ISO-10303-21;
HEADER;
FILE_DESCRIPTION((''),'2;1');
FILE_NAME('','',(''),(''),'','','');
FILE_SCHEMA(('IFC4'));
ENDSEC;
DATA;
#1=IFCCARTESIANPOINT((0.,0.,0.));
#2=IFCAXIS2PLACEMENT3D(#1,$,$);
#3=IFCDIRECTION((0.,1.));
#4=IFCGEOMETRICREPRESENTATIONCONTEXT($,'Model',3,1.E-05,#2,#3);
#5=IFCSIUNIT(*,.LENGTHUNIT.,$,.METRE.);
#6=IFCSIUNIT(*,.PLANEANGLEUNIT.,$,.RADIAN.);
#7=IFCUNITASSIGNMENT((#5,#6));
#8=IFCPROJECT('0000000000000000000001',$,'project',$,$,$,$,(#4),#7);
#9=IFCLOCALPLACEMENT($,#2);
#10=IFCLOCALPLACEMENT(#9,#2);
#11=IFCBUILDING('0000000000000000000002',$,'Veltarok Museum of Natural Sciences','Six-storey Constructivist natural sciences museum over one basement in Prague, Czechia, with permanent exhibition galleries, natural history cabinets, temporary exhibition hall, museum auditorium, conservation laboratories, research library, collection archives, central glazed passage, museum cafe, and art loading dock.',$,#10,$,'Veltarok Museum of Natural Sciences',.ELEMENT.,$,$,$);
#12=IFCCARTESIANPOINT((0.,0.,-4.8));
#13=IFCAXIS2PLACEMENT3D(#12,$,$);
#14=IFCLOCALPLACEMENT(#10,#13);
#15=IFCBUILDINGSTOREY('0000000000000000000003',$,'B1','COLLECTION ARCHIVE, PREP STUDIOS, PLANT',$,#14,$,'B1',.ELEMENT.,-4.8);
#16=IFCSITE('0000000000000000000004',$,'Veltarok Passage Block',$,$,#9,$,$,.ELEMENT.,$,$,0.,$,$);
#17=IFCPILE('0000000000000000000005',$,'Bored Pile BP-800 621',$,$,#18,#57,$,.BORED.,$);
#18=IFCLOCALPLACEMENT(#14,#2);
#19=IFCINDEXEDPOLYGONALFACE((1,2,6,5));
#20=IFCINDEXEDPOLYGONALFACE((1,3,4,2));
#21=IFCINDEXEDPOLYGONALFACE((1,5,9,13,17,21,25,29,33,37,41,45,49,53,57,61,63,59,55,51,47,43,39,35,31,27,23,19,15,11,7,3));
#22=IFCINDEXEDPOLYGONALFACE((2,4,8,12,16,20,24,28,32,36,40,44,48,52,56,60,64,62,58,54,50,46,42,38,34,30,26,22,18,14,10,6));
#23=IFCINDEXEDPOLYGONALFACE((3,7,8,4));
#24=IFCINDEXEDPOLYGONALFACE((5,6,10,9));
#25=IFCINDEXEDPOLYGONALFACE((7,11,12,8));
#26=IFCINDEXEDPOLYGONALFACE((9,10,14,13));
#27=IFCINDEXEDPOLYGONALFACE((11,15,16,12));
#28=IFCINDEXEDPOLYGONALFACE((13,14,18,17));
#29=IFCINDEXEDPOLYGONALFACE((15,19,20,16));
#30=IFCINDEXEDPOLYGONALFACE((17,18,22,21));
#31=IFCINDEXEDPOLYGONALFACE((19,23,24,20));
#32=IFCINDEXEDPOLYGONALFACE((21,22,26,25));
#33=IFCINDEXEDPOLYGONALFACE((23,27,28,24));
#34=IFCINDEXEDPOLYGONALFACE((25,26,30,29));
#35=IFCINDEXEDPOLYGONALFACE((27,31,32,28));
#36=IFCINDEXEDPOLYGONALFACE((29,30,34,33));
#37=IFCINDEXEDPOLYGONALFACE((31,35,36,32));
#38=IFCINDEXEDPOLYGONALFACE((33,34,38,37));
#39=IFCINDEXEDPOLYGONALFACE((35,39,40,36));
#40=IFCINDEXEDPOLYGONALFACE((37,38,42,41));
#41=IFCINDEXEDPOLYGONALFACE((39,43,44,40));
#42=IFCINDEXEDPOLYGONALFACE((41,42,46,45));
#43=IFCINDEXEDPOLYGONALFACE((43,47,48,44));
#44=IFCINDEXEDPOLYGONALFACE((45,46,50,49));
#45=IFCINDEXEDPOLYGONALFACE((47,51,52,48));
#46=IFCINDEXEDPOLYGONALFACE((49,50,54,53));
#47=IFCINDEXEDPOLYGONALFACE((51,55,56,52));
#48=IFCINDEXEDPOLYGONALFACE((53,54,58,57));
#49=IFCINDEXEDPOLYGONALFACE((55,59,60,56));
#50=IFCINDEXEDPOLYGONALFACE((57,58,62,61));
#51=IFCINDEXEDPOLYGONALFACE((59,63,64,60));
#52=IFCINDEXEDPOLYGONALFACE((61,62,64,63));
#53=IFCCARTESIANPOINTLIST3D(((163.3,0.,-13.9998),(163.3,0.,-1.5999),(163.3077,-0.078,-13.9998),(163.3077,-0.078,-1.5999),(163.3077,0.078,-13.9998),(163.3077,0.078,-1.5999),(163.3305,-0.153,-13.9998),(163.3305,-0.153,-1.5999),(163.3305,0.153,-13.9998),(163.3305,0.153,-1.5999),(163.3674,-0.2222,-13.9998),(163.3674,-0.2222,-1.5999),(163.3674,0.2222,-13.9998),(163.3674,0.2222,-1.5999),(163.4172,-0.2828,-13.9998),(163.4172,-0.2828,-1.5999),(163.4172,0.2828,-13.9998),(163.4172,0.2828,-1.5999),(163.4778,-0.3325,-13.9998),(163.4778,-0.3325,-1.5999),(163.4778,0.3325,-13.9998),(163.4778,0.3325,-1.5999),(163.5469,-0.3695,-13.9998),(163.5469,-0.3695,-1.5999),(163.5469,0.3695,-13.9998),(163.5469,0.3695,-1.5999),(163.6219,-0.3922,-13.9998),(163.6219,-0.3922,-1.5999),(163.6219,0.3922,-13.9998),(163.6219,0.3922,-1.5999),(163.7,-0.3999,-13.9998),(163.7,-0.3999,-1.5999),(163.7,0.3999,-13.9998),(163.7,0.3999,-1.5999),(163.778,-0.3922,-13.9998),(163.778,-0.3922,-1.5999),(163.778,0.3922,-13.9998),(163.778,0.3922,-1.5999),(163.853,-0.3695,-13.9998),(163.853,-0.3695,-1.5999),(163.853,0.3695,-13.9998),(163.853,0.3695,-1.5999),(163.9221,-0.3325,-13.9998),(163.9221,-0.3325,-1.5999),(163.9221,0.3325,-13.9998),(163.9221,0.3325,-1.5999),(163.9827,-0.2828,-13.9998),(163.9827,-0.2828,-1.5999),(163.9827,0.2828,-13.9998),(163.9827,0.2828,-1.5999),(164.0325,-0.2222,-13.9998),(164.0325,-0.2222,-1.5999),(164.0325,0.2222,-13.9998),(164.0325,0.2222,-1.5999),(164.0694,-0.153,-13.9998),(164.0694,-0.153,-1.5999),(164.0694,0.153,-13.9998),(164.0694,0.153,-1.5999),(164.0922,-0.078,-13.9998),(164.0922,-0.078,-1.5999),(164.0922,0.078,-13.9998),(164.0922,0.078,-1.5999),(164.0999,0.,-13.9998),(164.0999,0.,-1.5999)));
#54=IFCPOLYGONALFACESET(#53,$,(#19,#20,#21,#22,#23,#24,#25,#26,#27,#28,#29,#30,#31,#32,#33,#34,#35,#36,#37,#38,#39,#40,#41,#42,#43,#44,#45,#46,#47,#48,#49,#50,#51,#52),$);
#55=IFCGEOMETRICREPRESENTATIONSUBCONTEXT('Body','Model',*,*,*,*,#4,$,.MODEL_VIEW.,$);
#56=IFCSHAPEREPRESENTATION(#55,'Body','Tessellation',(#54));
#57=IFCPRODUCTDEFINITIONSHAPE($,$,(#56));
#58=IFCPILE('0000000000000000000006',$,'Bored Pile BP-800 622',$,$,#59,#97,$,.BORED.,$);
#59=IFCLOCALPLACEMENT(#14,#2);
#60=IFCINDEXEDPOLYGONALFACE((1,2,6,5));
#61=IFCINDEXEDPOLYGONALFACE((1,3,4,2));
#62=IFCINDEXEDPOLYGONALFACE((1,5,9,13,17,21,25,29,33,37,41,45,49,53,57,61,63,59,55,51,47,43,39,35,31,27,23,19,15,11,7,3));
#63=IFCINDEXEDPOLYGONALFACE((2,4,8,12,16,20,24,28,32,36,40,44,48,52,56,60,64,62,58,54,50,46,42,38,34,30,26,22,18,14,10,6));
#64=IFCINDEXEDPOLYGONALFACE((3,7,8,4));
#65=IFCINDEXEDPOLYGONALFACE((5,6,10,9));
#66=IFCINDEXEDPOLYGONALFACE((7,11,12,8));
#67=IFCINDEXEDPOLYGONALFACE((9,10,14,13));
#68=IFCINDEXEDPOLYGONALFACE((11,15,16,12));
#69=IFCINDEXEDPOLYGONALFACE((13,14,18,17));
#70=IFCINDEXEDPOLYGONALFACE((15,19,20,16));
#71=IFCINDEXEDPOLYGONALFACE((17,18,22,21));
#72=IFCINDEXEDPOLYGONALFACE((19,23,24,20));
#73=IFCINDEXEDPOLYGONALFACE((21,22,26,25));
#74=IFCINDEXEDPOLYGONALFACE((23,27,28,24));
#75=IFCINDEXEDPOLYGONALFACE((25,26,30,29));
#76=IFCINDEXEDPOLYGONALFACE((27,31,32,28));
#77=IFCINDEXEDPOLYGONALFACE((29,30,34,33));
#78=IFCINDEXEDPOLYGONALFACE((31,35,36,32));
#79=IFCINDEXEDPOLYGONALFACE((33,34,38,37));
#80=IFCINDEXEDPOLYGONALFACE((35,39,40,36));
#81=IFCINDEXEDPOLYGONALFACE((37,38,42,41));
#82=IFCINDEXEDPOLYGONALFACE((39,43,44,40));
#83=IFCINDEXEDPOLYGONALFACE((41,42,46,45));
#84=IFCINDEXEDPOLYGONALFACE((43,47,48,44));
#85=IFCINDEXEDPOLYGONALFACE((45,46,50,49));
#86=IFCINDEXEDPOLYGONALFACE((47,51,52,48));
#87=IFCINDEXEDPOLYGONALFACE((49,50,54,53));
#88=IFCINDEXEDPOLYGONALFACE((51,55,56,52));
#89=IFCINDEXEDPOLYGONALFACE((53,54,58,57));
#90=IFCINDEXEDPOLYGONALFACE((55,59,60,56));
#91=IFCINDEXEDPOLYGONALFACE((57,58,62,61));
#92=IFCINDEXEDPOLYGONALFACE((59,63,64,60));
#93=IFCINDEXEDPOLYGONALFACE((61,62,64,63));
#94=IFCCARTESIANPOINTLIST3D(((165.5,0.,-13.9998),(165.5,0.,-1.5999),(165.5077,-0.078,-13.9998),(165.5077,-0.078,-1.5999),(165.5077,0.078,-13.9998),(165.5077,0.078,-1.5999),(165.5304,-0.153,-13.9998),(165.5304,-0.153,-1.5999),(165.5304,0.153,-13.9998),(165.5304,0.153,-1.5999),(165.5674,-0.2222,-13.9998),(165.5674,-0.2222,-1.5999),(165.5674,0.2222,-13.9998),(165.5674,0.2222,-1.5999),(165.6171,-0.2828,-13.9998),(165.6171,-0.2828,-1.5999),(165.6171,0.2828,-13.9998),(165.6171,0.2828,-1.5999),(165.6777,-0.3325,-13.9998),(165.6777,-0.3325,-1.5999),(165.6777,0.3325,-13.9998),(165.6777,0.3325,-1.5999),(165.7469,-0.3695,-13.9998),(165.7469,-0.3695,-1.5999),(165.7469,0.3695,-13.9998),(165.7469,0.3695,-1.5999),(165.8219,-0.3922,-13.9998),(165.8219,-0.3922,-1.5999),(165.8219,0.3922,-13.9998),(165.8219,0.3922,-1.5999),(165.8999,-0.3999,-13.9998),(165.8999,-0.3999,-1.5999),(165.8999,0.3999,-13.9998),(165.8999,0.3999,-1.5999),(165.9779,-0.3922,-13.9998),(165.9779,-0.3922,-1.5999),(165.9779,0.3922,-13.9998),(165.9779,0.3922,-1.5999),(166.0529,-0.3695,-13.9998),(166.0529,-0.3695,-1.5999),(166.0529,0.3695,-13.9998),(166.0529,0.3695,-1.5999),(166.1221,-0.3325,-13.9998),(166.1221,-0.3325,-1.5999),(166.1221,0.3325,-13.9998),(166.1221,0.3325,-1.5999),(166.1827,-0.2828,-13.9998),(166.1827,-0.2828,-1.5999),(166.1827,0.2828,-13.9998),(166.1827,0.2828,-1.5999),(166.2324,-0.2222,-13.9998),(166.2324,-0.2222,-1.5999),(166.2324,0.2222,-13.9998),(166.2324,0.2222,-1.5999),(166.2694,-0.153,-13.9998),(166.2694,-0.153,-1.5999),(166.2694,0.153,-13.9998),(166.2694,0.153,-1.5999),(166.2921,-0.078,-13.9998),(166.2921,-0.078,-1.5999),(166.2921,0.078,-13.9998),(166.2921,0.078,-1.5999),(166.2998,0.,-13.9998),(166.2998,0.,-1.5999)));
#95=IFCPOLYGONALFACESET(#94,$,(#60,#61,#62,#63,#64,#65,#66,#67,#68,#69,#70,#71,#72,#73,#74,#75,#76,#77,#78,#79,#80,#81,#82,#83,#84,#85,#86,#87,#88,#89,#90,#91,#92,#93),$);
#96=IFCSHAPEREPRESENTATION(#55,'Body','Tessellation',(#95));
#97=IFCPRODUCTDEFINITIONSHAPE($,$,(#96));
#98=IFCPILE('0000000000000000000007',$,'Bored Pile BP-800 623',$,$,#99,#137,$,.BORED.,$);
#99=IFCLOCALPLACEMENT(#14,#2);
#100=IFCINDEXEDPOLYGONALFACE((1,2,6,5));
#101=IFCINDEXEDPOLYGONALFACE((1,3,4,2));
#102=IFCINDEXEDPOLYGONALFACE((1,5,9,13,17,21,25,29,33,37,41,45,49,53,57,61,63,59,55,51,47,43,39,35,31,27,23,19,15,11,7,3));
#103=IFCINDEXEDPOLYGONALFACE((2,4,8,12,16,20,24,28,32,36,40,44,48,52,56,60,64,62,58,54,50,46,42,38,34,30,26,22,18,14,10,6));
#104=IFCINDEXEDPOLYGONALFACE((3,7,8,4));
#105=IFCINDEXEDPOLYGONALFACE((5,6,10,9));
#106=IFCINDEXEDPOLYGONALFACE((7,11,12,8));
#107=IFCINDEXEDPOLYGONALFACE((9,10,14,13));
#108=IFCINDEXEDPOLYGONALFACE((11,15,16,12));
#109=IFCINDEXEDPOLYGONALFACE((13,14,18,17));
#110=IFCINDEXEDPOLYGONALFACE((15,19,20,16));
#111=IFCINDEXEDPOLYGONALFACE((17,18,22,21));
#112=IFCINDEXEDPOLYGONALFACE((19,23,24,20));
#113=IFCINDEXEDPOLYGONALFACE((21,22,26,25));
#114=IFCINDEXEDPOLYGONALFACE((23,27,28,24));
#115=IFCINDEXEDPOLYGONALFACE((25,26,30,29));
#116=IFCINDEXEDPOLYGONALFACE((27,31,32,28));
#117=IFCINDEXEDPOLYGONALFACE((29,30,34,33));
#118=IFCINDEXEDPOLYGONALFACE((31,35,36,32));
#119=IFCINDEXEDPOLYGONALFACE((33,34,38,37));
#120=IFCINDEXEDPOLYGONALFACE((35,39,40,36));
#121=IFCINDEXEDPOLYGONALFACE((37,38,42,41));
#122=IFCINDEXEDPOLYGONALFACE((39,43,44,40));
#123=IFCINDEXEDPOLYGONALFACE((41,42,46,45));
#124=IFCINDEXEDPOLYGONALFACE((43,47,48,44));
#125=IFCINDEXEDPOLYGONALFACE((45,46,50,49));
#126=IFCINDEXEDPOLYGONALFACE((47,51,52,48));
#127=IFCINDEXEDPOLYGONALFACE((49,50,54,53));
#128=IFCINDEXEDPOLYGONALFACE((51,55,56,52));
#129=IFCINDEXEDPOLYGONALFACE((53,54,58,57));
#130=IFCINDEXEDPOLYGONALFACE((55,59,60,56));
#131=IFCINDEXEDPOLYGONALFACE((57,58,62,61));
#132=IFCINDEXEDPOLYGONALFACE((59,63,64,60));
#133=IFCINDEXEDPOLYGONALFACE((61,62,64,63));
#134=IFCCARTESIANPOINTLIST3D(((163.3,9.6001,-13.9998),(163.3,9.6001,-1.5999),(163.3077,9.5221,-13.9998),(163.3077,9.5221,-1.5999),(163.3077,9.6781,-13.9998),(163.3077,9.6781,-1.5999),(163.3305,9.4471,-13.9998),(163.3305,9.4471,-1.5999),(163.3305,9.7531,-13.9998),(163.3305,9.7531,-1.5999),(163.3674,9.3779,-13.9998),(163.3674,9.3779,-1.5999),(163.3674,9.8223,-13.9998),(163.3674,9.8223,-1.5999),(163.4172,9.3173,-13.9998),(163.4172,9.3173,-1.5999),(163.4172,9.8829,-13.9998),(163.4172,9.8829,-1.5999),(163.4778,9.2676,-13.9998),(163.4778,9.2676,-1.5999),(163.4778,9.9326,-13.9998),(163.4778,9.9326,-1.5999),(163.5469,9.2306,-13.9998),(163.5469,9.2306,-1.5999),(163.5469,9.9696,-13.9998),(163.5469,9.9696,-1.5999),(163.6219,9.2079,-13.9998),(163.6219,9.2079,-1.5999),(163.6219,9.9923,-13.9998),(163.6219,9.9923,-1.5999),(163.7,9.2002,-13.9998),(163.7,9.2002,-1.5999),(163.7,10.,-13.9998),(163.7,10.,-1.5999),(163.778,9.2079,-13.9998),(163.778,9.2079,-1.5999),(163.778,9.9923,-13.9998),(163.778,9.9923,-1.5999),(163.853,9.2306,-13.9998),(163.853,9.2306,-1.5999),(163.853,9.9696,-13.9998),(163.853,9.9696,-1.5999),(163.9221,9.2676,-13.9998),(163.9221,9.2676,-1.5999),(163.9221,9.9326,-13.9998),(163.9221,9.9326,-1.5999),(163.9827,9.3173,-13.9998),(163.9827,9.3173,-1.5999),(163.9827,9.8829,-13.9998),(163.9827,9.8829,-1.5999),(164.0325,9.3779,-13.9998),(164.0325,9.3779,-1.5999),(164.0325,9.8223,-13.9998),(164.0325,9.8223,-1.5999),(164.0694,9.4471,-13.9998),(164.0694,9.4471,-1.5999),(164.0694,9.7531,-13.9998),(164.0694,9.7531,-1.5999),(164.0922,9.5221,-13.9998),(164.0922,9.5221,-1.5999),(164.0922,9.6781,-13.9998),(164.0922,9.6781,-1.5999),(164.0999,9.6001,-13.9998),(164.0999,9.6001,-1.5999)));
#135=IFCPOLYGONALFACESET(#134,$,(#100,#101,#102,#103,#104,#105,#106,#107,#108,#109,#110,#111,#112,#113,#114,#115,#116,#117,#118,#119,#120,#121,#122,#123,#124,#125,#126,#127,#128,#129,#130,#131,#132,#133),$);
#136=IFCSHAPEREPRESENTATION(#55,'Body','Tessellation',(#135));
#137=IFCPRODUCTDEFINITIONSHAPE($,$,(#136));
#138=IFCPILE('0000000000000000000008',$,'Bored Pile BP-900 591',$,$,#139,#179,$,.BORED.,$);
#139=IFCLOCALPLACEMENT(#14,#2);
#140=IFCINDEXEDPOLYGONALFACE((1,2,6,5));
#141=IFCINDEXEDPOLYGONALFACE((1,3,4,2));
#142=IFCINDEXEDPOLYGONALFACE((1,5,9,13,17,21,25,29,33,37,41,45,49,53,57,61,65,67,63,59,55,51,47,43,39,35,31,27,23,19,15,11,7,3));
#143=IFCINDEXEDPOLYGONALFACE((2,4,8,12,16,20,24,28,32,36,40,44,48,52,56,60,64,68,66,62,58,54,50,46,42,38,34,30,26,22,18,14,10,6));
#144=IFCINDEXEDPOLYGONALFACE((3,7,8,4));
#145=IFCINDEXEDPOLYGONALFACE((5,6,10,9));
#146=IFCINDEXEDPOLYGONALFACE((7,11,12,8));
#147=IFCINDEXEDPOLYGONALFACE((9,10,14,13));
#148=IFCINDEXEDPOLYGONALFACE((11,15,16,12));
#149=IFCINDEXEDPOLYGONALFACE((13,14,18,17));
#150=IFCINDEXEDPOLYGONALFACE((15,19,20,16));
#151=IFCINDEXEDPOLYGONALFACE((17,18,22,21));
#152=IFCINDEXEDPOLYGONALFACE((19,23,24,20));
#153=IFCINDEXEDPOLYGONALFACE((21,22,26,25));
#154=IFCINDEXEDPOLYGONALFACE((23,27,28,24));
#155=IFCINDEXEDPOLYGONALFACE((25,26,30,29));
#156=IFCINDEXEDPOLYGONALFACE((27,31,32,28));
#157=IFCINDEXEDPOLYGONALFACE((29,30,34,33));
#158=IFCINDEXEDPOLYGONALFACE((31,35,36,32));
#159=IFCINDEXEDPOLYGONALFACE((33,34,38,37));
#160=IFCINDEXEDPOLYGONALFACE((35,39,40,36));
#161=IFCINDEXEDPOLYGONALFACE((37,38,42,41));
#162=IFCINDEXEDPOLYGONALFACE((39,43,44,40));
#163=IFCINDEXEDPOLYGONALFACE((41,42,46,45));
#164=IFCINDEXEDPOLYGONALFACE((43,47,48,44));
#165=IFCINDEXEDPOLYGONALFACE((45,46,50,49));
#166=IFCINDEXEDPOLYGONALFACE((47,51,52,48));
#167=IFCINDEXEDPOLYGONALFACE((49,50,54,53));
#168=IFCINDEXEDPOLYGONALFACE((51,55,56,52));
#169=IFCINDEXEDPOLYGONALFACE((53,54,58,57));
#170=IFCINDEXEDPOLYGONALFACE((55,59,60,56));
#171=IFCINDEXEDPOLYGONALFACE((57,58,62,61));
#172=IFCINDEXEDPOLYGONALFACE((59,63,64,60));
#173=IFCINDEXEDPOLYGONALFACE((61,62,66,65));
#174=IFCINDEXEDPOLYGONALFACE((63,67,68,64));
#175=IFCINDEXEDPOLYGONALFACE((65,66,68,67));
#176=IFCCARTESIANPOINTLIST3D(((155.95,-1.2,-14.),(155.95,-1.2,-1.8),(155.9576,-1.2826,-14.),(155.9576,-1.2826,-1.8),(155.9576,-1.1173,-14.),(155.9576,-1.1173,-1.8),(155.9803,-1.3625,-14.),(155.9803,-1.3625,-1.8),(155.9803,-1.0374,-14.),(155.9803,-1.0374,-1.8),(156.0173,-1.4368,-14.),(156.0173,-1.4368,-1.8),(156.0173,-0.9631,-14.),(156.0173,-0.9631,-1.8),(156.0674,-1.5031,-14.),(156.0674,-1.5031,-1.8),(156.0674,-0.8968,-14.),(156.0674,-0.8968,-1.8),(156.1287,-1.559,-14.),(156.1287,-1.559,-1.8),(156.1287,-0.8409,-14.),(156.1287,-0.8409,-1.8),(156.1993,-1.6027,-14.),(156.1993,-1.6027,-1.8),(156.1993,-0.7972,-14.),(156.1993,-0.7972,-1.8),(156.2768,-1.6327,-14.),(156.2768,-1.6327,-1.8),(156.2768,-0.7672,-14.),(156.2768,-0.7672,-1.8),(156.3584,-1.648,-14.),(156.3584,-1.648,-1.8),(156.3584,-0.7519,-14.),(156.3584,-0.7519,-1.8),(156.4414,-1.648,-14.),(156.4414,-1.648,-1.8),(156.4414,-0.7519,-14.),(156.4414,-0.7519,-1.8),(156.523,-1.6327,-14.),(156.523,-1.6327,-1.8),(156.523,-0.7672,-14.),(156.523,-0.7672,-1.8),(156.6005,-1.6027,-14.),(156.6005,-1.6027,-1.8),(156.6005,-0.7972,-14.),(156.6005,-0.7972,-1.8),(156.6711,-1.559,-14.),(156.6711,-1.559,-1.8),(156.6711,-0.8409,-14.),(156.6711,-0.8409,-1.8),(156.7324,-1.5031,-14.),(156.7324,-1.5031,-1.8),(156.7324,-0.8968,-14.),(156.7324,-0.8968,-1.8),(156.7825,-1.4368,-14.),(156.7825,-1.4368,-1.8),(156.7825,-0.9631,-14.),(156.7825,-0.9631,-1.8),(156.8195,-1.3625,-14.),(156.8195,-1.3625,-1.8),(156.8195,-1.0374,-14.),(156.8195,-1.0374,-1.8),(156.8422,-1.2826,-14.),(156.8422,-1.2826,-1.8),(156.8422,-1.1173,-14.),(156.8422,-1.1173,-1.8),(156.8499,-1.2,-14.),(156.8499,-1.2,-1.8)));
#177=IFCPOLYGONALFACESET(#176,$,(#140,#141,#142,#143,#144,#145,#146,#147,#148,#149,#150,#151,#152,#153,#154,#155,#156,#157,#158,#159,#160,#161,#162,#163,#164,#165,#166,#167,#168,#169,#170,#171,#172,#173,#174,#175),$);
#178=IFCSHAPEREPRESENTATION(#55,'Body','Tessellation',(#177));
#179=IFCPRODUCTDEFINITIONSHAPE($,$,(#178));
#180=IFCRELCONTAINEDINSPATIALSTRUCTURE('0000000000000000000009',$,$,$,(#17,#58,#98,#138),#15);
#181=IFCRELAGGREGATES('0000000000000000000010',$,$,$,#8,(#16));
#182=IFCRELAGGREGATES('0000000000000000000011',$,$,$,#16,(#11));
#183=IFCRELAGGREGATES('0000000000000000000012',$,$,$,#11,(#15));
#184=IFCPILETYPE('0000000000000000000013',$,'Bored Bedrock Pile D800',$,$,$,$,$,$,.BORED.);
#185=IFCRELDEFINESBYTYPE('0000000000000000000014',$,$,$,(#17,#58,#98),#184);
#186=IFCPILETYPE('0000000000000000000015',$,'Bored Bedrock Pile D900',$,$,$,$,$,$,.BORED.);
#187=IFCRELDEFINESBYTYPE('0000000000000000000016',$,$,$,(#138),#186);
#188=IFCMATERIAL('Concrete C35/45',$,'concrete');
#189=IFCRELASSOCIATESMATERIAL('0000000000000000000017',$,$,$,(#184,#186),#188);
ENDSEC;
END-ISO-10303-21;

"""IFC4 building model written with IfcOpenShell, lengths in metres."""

from ifc_helpers import new_model, si_unit, direction, frame, origin, origin_2d, place, context, subcontext, project, spatial, circle, extrude, material, material_profile, profile_set, type_object, element, save


model = new_model("IFC4")

# Units and contexts
model_context = context("Model", 3, precision=1e-05, world=origin(), true_north=direction((0.0, 1.0)))
body_context = subcontext(model_context, "Body", "Model", "MODEL_VIEW")
ifc_project = project(units=[si_unit("LENGTHUNIT", "METRE"), si_unit("PLANEANGLEUNIT", "RADIAN")], contexts=[model_context])

# Site, building, storey
site_placement = place(None, origin())
site = spatial("IfcSite", under=ifc_project, at=site_placement, Name="Veltarok Passage Block", CompositionType="ELEMENT", RefElevation=0.0)
building_placement = place(site_placement, origin())
building = spatial("IfcBuilding", under=site, at=building_placement, Name="Veltarok Museum of Natural Sciences", Description="Six-storey Constructivist natural sciences museum over one basement in Prague, Czechia, with permanent exhibition galleries, natural history cabinets, temporary exhibition hall, museum auditorium, conservation laboratories, research library, collection archives, central glazed passage, museum cafe, and art loading dock.", LongName="Veltarok Museum of Natural Sciences", CompositionType="ELEMENT")
storey_placement = place(building_placement, frame((0.0, 0.0, -4.8)))
storey = spatial("IfcBuildingStorey", under=building, at=storey_placement, Name="B1", Description="COLLECTION ARCHIVE, PREP STUDIOS, PLANT", LongName="B1", CompositionType="ELEMENT", Elevation=-4.8)

# Piles
ifc_material_1 = material(Name="Concrete C35/45", Category="concrete")
ifc_material_profile_1 = material_profile(ifc_material_1, circle(Radius=0.3999, at=origin_2d()), Name="BP D800")
ifc_profile_set_1 = profile_set([ifc_material_profile_1], Name="Concrete C35/45")
pile_type_1 = type_object("IfcPileType", Name="Bored Bedrock Pile D800", PredefinedType="BORED", material=ifc_profile_set_1)
for number, where, z_axis, x_axis, name in (
    (1, (163.7, 0.0, -1.5999), (0.0, 0.0, -1.0), (1.0, 0.0, 0.0), "Bored Pile BP-800 621"),
    (2, (165.8999, 0.0, -1.5999), (0.0, 0.0, -1.0), (1.0, 0.0, 0.0), "Bored Pile BP-800 622"),
    (3, (163.7, 9.6001, -1.5999), (0.0, 0.0, -1.0), (1.0, 0.0, 0.0), "Bored Pile BP-800 623"),
):
    element("IfcPile", number, at=place(storey_placement, frame(where, z_axis=z_axis, x_axis=x_axis)), inside=storey, type_object=pile_type_1, Name=name, PredefinedType="BORED", context=body_context, shape_type="SweptSolid", body=[
        extrude(circle(Radius=0.3999, at=origin_2d()), origin(), (0.0, 0.0, 1.0), 12.3999),
    ])
ifc_material_profile_2 = material_profile(ifc_material_1, circle(Radius=0.45, at=origin_2d()), Name="BP D900")
ifc_profile_set_2 = profile_set([ifc_material_profile_2], Name="Concrete C35/45")
pile_type_2 = type_object("IfcPileType", Name="Bored Bedrock Pile D900", PredefinedType="BORED", material=ifc_profile_set_2)
for number, where, z_axis, x_axis, name in (
    (4, (156.3999, -1.2, -1.8), (0.0, 0.0, -1.0), (1.0, 0.0, 0.0), "Bored Pile BP-900 591"),
):
    element("IfcPile", number, at=place(storey_placement, frame(where, z_axis=z_axis, x_axis=x_axis)), inside=storey, type_object=pile_type_2, Name=name, PredefinedType="BORED", context=body_context, shape_type="SweptSolid", body=[
        extrude(circle(Radius=0.45, at=origin_2d()), origin(), (0.0, 0.0, 1.0), 12.2),
    ])

save(model, "model.ifc")
